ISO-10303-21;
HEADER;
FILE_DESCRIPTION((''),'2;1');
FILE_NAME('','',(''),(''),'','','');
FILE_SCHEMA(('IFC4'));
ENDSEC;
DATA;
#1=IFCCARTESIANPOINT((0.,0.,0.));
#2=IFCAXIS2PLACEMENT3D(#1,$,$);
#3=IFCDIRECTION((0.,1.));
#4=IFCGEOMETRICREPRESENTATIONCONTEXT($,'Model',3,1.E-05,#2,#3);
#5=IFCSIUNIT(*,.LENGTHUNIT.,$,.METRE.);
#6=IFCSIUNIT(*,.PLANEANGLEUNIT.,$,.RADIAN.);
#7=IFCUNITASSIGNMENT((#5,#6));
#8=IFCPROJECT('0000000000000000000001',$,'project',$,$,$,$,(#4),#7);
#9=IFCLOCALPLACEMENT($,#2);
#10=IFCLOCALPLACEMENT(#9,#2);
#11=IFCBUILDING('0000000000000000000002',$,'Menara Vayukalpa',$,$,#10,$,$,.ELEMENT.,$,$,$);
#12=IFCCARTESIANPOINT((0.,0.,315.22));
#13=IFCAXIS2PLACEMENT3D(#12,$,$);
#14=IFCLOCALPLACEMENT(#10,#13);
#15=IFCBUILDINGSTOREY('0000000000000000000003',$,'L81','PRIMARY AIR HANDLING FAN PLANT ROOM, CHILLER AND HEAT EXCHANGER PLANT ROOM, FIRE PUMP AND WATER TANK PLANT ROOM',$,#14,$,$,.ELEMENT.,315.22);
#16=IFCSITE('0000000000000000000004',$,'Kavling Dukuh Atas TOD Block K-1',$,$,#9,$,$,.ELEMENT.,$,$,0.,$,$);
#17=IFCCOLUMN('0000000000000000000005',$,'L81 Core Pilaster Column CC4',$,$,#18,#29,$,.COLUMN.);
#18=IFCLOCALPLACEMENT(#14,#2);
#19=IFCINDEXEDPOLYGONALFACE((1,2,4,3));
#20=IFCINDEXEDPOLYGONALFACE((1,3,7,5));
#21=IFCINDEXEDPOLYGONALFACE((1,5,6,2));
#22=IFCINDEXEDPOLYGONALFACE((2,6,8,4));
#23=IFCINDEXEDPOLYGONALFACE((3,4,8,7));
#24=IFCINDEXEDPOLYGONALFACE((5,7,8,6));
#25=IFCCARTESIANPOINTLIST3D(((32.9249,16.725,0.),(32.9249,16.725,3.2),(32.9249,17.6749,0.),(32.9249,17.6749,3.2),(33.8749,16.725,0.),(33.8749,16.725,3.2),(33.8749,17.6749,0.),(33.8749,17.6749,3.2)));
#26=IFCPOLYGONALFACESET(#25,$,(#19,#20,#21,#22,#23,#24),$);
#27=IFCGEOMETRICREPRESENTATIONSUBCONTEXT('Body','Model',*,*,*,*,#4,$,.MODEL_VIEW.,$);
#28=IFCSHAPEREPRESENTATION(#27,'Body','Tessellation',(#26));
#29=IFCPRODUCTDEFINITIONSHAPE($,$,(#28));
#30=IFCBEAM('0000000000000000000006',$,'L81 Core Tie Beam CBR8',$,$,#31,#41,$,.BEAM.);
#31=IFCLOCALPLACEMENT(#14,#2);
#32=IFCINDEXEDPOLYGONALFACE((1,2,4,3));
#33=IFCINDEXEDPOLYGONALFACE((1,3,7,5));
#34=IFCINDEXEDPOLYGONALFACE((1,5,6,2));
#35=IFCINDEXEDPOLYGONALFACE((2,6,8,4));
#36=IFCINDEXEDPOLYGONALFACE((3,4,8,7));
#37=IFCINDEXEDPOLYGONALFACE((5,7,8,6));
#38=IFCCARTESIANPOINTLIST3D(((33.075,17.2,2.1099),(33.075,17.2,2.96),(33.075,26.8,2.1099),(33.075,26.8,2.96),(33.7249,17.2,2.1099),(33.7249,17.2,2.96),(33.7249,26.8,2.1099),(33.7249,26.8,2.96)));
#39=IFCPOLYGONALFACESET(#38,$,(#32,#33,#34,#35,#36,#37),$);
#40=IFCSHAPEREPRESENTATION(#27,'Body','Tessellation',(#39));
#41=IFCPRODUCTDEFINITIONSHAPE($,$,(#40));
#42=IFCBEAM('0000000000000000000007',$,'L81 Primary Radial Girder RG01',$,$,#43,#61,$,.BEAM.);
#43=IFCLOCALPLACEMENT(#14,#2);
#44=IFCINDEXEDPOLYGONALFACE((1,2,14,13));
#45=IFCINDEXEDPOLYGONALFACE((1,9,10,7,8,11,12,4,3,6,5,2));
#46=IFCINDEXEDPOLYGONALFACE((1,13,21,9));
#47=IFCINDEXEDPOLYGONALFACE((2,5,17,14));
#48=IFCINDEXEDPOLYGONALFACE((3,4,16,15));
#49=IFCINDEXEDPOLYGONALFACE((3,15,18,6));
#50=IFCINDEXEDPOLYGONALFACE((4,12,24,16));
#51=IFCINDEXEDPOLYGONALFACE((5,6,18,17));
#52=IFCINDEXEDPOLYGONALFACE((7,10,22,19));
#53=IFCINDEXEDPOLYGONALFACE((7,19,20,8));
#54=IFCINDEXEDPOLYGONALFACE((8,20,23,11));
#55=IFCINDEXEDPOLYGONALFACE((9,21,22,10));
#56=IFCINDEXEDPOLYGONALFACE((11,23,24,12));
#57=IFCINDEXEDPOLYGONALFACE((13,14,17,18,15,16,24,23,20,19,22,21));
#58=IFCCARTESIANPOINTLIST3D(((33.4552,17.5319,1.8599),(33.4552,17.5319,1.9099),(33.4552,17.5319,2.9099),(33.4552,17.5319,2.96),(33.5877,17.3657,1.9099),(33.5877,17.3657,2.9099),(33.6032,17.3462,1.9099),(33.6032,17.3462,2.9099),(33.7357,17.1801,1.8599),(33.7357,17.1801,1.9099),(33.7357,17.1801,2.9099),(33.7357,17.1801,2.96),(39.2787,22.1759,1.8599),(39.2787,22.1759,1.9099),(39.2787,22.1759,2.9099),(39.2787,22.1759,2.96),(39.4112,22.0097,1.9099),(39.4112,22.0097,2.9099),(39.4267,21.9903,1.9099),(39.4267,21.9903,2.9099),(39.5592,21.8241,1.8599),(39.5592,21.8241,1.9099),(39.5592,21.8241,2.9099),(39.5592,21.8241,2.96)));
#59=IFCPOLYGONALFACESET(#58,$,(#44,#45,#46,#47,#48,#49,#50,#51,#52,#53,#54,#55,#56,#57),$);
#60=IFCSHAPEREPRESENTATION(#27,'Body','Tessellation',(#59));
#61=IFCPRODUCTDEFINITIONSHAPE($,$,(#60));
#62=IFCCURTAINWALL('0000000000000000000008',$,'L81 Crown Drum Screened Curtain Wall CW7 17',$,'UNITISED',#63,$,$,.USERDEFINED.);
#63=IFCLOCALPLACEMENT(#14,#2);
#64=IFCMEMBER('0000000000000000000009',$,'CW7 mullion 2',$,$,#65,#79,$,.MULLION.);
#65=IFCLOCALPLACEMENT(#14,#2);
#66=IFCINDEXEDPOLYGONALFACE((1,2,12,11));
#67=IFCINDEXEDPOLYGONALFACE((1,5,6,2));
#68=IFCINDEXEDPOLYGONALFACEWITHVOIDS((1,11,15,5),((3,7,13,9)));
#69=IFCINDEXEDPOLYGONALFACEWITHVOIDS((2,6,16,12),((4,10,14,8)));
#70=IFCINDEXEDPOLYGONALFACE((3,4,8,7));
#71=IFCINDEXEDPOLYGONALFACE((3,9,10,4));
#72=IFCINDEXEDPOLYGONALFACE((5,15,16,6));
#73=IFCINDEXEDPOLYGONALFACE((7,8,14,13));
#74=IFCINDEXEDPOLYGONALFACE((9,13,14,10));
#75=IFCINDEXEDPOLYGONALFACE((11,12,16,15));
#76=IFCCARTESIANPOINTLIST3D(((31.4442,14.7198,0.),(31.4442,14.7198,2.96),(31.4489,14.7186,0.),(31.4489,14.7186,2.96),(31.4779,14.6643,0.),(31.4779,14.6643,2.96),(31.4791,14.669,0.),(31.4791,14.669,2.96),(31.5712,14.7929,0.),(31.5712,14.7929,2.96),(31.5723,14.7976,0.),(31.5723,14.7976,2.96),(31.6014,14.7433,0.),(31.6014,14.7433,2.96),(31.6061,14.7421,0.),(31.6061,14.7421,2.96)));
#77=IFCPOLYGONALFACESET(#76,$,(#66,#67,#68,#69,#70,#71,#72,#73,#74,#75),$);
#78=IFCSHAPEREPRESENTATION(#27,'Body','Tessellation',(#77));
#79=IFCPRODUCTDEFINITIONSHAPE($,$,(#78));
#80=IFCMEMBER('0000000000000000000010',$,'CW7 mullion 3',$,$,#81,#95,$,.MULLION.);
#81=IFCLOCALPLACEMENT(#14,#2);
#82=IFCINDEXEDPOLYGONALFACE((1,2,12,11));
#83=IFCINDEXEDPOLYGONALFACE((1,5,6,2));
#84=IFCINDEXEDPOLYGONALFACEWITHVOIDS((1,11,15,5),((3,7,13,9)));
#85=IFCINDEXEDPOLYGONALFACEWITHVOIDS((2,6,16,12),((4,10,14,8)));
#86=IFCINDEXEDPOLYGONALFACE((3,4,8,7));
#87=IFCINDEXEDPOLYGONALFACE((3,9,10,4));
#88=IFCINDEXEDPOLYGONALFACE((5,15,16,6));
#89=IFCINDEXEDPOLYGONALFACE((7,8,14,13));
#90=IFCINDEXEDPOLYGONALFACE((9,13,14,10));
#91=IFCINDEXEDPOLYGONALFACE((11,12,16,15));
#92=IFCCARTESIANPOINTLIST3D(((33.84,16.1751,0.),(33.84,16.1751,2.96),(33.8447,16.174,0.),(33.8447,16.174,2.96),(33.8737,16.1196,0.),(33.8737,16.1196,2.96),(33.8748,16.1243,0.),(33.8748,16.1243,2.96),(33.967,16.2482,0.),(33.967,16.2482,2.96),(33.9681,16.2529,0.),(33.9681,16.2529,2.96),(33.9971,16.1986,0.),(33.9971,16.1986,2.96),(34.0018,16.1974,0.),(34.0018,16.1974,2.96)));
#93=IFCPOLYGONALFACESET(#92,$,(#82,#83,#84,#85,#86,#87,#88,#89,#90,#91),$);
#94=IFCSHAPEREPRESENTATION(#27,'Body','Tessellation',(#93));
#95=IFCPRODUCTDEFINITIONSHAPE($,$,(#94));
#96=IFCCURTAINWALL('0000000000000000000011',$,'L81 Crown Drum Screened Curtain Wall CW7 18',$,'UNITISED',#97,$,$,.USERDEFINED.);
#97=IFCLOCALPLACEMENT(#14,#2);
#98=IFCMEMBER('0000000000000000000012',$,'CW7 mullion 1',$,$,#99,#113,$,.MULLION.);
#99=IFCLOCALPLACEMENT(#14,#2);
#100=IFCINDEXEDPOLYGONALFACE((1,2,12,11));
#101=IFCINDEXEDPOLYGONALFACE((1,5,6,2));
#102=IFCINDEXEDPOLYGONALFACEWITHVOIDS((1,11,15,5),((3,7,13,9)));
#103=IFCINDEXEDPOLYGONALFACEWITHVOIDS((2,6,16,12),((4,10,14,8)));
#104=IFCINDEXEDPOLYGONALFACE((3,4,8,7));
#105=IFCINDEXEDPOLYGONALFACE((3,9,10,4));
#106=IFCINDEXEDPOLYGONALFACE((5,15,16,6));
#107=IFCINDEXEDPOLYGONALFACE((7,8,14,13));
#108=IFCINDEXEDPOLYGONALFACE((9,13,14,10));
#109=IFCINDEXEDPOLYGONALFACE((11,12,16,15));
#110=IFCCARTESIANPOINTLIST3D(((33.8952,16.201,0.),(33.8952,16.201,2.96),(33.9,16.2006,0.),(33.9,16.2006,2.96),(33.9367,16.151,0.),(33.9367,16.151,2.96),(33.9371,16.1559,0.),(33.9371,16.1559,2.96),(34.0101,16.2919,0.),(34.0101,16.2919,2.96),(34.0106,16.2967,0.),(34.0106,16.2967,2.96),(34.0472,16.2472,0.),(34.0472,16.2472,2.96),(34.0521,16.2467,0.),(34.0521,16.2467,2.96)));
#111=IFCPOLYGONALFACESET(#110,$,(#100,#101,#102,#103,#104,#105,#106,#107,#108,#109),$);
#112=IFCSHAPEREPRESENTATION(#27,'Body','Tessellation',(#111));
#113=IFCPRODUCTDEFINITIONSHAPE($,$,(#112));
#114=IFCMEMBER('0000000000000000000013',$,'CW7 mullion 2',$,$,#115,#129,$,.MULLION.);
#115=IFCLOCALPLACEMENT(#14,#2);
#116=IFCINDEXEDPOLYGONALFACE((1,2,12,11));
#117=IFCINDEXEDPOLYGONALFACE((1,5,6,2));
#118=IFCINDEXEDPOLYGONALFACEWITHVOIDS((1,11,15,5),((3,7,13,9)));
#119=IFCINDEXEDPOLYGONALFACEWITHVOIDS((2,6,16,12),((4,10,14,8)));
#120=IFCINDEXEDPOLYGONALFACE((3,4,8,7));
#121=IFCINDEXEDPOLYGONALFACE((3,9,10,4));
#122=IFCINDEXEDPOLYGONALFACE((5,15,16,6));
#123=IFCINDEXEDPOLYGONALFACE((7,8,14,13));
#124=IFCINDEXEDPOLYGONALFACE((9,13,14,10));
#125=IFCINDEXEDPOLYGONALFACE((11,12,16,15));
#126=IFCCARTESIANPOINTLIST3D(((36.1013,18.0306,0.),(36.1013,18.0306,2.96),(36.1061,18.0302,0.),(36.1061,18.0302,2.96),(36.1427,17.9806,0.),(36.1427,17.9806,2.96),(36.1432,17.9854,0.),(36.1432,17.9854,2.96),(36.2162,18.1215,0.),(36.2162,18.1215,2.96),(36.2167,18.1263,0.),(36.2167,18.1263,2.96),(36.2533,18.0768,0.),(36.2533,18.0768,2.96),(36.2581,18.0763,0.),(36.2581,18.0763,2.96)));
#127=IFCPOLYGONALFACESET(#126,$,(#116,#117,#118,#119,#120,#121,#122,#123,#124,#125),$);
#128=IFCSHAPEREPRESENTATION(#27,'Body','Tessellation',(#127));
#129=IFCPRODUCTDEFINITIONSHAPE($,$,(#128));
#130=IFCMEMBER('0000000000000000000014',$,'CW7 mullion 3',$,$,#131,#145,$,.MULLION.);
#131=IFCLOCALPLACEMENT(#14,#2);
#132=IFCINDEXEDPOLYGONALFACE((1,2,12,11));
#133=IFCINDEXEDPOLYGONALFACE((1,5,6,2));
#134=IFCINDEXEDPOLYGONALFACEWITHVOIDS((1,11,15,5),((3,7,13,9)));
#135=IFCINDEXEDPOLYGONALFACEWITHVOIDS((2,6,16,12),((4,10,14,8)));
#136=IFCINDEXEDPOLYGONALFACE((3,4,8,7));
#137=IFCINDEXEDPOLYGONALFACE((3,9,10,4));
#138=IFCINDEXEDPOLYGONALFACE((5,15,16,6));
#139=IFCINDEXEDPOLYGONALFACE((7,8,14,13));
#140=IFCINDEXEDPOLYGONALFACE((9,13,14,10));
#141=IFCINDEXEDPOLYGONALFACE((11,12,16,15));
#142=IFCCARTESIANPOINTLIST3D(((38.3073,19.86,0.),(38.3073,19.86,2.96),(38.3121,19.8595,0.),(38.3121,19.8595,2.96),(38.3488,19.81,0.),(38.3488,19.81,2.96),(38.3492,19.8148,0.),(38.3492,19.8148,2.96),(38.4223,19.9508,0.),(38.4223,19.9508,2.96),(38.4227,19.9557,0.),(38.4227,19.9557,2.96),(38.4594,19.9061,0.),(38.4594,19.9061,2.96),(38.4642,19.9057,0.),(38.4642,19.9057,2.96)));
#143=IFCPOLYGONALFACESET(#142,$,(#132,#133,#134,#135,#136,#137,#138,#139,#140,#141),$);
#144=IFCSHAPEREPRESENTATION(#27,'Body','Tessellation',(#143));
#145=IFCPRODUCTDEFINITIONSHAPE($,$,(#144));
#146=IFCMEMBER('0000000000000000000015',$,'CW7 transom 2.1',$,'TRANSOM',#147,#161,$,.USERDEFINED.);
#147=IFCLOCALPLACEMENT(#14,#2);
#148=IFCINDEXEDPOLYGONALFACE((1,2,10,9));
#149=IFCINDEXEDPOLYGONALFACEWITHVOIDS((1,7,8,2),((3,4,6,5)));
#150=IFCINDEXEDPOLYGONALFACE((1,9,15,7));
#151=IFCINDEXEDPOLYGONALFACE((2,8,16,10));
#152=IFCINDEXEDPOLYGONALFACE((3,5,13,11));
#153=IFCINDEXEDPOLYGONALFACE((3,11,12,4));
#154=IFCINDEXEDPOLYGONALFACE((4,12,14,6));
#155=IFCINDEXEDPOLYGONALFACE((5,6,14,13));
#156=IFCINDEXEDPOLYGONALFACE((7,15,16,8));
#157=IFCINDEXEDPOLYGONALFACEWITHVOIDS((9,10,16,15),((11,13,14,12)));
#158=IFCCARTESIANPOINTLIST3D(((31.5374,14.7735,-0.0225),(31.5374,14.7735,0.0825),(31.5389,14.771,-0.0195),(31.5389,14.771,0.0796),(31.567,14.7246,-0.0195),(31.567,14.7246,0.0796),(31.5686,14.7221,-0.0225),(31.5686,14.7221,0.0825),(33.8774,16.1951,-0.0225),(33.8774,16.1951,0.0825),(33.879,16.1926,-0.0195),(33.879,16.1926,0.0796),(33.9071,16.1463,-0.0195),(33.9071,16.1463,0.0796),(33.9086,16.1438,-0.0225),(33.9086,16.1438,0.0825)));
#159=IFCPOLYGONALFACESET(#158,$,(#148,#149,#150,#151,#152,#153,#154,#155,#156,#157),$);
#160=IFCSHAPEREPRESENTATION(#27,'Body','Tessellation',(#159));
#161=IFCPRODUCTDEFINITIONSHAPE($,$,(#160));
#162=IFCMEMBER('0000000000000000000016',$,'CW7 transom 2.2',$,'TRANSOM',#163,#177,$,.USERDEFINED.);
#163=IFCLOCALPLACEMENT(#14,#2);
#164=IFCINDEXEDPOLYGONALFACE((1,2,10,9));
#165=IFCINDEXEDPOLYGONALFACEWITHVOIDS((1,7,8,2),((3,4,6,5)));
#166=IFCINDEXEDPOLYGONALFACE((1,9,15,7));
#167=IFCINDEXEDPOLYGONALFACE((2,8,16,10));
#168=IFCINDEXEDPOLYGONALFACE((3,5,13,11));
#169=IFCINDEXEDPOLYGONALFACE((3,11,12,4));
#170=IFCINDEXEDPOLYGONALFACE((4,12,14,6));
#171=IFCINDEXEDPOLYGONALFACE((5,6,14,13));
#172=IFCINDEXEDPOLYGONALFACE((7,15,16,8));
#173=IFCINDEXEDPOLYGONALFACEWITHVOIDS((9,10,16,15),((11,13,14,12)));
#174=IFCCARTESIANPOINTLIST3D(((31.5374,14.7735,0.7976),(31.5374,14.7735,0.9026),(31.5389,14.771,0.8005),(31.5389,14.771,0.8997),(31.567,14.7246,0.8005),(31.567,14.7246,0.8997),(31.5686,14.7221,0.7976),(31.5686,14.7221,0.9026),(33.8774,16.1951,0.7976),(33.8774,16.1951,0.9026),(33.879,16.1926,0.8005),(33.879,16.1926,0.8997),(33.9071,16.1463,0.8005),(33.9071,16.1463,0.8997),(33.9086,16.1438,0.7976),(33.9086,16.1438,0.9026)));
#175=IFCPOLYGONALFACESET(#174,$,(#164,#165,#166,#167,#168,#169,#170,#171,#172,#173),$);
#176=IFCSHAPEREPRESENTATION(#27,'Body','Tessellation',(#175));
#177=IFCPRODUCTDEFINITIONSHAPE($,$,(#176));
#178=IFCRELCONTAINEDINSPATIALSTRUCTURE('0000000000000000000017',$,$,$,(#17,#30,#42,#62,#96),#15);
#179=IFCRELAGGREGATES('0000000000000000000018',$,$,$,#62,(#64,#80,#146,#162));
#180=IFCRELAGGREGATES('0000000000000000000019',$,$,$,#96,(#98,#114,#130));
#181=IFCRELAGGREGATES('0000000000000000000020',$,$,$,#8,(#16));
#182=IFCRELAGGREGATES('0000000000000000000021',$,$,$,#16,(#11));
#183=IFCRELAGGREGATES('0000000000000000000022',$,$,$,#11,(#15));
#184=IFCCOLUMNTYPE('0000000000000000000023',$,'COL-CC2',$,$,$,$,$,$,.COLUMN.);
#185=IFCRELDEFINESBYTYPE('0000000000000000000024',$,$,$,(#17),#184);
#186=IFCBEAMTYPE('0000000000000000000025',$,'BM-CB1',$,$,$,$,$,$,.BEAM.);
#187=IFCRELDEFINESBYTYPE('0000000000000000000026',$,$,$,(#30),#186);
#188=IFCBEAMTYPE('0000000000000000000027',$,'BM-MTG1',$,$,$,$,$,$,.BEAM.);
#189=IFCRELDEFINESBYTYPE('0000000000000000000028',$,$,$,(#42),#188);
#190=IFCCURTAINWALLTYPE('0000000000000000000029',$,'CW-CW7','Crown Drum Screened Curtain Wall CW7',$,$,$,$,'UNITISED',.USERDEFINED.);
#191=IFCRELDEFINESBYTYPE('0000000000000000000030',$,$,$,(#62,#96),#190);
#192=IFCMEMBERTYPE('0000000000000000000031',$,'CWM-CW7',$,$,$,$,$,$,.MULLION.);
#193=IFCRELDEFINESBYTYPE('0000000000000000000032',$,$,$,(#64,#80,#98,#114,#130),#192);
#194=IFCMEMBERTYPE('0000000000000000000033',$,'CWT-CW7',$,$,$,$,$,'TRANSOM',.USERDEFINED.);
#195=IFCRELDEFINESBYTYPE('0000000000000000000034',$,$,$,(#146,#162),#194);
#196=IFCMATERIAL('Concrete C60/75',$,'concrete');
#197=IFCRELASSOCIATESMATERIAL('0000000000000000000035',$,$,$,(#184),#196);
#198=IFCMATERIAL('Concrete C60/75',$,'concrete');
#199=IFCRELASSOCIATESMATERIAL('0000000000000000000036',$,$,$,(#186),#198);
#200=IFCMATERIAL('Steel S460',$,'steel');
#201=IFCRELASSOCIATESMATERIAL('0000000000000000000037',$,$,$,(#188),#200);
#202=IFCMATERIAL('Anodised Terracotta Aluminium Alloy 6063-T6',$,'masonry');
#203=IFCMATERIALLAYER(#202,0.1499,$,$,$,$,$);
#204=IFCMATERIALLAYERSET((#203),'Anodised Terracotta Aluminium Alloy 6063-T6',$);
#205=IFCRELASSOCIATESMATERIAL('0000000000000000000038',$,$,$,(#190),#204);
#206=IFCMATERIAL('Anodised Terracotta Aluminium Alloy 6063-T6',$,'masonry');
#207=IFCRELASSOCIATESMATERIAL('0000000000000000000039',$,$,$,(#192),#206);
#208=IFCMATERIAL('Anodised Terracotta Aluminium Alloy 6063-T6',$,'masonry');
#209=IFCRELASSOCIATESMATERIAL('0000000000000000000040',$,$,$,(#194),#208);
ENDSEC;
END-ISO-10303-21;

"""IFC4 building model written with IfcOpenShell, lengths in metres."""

from ifc_helpers import new_model, si_unit, direction, frame, origin, origin_2d, place, context, subcontext, project, spatial, rectangle, hollow_rectangle, i_section, extrude, material, layer, layer_set, material_profile, profile_set, type_object, element, aggregate, save


model = new_model("IFC4")

# Units and contexts
model_context = context("Model", 3, precision=1e-05, world=origin(), true_north=direction((0.0, 1.0)))
body_context = subcontext(model_context, "Body", "Model", "MODEL_VIEW")
ifc_project = project(units=[si_unit("LENGTHUNIT", "METRE"), si_unit("PLANEANGLEUNIT", "RADIAN")], contexts=[model_context])

# Site, building, storey
site_placement = place(None, origin())
site = spatial("IfcSite", under=ifc_project, at=site_placement, Name="Kavling Dukuh Atas TOD Block K-1", CompositionType="ELEMENT", RefElevation=0.0)
building_placement = place(site_placement, origin())
building = spatial("IfcBuilding", under=site, at=building_placement, Name="Menara Vayukalpa", CompositionType="ELEMENT")
storey_placement = place(building_placement, frame((0.0, 0.0, 315.22)))
storey = spatial("IfcBuildingStorey", under=building, at=storey_placement, Name="L81", Description="PRIMARY AIR HANDLING FAN PLANT ROOM, CHILLER AND HEAT EXCHANGER PLANT ROOM, FIRE PUMP AND WATER TANK PLANT ROOM", CompositionType="ELEMENT", Elevation=315.22)

# Column
ifc_material_1 = material(Name="Concrete C60/75", Category="concrete")
ifc_material_profile_1 = material_profile(ifc_material_1, rectangle(XDim=0.95, YDim=0.95, at=origin_2d()), Name="RC 950x950")
ifc_profile_set_1 = profile_set([ifc_material_profile_1], Name="Concrete C60/75")
column_type = type_object("IfcColumnType", Name="COL-CC2", PredefinedType="COLUMN", material=ifc_profile_set_1)
column_placement = place(storey_placement, frame((33.3999, 17.2, 0.0), z_axis=(0.0, 0.0, 1.0), x_axis=(1.0, 0.0, 0.0)))
element("IfcColumn", 1, at=column_placement, inside=storey, type_object=column_type, Name="L81 Core Pilaster Column CC4", PredefinedType="COLUMN", context=body_context, shape_type="SweptSolid", body=[
    extrude(rectangle(XDim=0.95, YDim=0.95, at=origin_2d()), origin(), (0.0, 0.0, 1.0), 3.2),
])

# Beams
ifc_material_2 = material(Name="Concrete C60/75", Category="concrete")
ifc_material_profile_2 = material_profile(ifc_material_2, rectangle(XDim=0.6499, YDim=0.8501, at=origin_2d()), Name="RC 650x850")
ifc_profile_set_2 = profile_set([ifc_material_profile_2], Name="Concrete C60/75")
beam_type_1 = type_object("IfcBeamType", Name="BM-CB1", PredefinedType="BEAM", material=ifc_profile_set_2)
beam_1_placement = place(storey_placement, frame((33.3999, 17.2, 2.5349), z_axis=(0.0, 1.0, 0.0), x_axis=(-1.0, 0.0, 0.0)))
element("IfcBeam", 2, at=beam_1_placement, inside=storey, type_object=beam_type_1, Name="L81 Core Tie Beam CBR8", PredefinedType="BEAM", context=body_context, shape_type="SweptSolid", body=[
    extrude(rectangle(XDim=0.6499, YDim=0.8501, at=origin_2d()), origin(), (0.0, 0.0, 1.0), 9.6001),
])
ifc_material_3 = material(Name="Steel S460", Category="steel")
ifc_material_profile_3 = material_profile(ifc_material_3, i_section(OverallWidth=0.45, OverallDepth=1.1001, WebThickness=0.0249, FlangeThickness=0.05, at=origin_2d()), Name="WG 1100x450x25x50")
ifc_profile_set_3 = profile_set([ifc_material_profile_3], Name="Steel S460")
beam_type_2 = type_object("IfcBeamType", Name="BM-MTG1", PredefinedType="BEAM", material=ifc_profile_set_3)
beam_2_placement = place(storey_placement, frame((33.5955, 17.356, 2.4099), z_axis=(0.781834, 0.623487, 0.0), x_axis=(-0.623487, 0.781834, 0.0)))
element("IfcBeam", 3, at=beam_2_placement, inside=storey, type_object=beam_type_2, Name="L81 Primary Radial Girder RG01", PredefinedType="BEAM", context=body_context, shape_type="SweptSolid", body=[
    extrude(i_section(OverallWidth=0.45, OverallDepth=1.1001, WebThickness=0.0249, FlangeThickness=0.05, at=origin_2d()), origin(), (0.0, 0.0, 1.0), 7.4485),
])

# Curtain walls, members
ifc_material_4 = material(Name="Anodised Terracotta Aluminium Alloy 6063-T6", Category="masonry")
ifc_layer_1 = layer(ifc_material_4, 0.1499)
ifc_layer_set_1 = layer_set([ifc_layer_1], Name="Anodised Terracotta Aluminium Alloy 6063-T6")
curtain_wall_type = type_object("IfcCurtainWallType", Name="CW-CW7", Description="Crown Drum Screened Curtain Wall CW7", ElementType="UNITISED", PredefinedType="USERDEFINED", material=ifc_layer_set_1)
curtain_wall_1_placement = place(storey_placement, origin())
curtain_wall_1 = element("IfcCurtainWall", 4, at=curtain_wall_1_placement, inside=storey, type_object=curtain_wall_type, Name="L81 Crown Drum Screened Curtain Wall CW7 17", ObjectType="UNITISED", PredefinedType="USERDEFINED")
ifc_material_5 = material(Name="Anodised Terracotta Aluminium Alloy 6063-T6", Category="masonry")
ifc_material_profile_4 = material_profile(ifc_material_5, hollow_rectangle(XDim=0.0649, YDim=0.1499, WallThickness=0.0034, at=origin_2d()), Name="ALU 65x150x3.5")
ifc_profile_set_4 = profile_set([ifc_material_profile_4], Name="Anodised Terracotta Aluminium Alloy 6063-T6")
member_type_1 = type_object("IfcMemberType", Name="CWM-CW7", PredefinedType="MULLION", material=ifc_profile_set_4)
member_1_placement = place(storey_placement, frame((31.5251, 14.731, 0.0), z_axis=(0.0, 0.0, 1.0), x_axis=(-0.519176, 0.854667, 0.0)))
member_1 = element("IfcMember", 5, at=member_1_placement, type_object=member_type_1, Name="CW7 mullion 2", PredefinedType="MULLION", context=body_context, shape_type="SweptSolid", body=[
    extrude(hollow_rectangle(XDim=0.0649, YDim=0.1499, WallThickness=0.0034, at=origin_2d()), origin(), (0.0, 0.0, 1.0), 2.96),
])
member_2_placement = place(storey_placement, frame((33.9209, 16.1863, 0.0), z_axis=(0.0, 0.0, 1.0), x_axis=(-0.519176, 0.854667, 0.0)))
member_2 = element("IfcMember", 6, at=member_2_placement, type_object=member_type_1, Name="CW7 mullion 3", PredefinedType="MULLION", context=body_context, shape_type="SweptSolid", body=[
    extrude(hollow_rectangle(XDim=0.0649, YDim=0.1499, WallThickness=0.0034, at=origin_2d()), origin(), (0.0, 0.0, 1.0), 2.96),
])
curtain_wall_2_placement = place(storey_placement, origin())
curtain_wall_2 = element("IfcCurtainWall", 7, at=curtain_wall_2_placement, inside=storey, type_object=curtain_wall_type, Name="L81 Crown Drum Screened Curtain Wall CW7 18", ObjectType="UNITISED", PredefinedType="USERDEFINED")
member_3_placement = place(storey_placement, frame((33.9736, 16.2239, 0.0), z_axis=(0.0, 0.0, 1.0), x_axis=(-0.638347, 0.769749, 0.0)))
member_3 = element("IfcMember", 8, at=member_3_placement, type_object=member_type_1, Name="CW7 mullion 1", PredefinedType="MULLION", context=body_context, shape_type="SweptSolid", body=[
    extrude(hollow_rectangle(XDim=0.0649, YDim=0.1499, WallThickness=0.0034, at=origin_2d()), origin(), (0.0, 0.0, 1.0), 2.96),
])
member_4_placement = place(storey_placement, frame((36.1797, 18.0535, 0.0), z_axis=(0.0, 0.0, 1.0), x_axis=(-0.638347, 0.769749, 0.0)))
member_4 = element("IfcMember", 9, at=member_4_placement, type_object=member_type_1, Name="CW7 mullion 2", PredefinedType="MULLION", context=body_context, shape_type="SweptSolid", body=[
    extrude(hollow_rectangle(XDim=0.0649, YDim=0.1499, WallThickness=0.0034, at=origin_2d()), origin(), (0.0, 0.0, 1.0), 2.96),
])
member_5_placement = place(storey_placement, frame((38.3857, 19.8828, 0.0), z_axis=(0.0, 0.0, 1.0), x_axis=(-0.638347, 0.769749, 0.0)))
member_5 = element("IfcMember", 10, at=member_5_placement, type_object=member_type_1, Name="CW7 mullion 3", PredefinedType="MULLION", context=body_context, shape_type="SweptSolid", body=[
    extrude(hollow_rectangle(XDim=0.0649, YDim=0.1499, WallThickness=0.0034, at=origin_2d()), origin(), (0.0, 0.0, 1.0), 2.96),
])

# Members
ifc_material_6 = material(Name="Anodised Terracotta Aluminium Alloy 6063-T6", Category="masonry")
ifc_material_profile_5 = material_profile(ifc_material_6, hollow_rectangle(XDim=0.0601, YDim=0.105, WallThickness=0.0029, at=origin_2d()), Name="ALU 60x105x3")
ifc_profile_set_5 = profile_set([ifc_material_profile_5], Name="Anodised Terracotta Aluminium Alloy 6063-T6")
member_type_2 = type_object("IfcMemberType", Name="CWT-CW7", ElementType="TRANSOM", PredefinedType="USERDEFINED", material=ifc_profile_set_5)
member_6_placement = place(storey_placement, frame((31.553, 14.7478, 0.03), z_axis=(0.854648, 0.519208, 0.0), x_axis=(-0.519208, 0.854648, 0.0)))
member_6 = element("IfcMember", 11, at=member_6_placement, type_object=member_type_2, Name="CW7 transom 2.1", ObjectType="TRANSOM", PredefinedType="USERDEFINED", context=body_context, shape_type="SweptSolid", body=[
    extrude(hollow_rectangle(XDim=0.0601, YDim=0.105, WallThickness=0.0029, at=origin_2d()), origin(), (0.0, 0.0, 1.0), 2.738),
])
member_7_placement = place(storey_placement, frame((31.553, 14.7478, 0.8501), z_axis=(0.854648, 0.519208, 0.0), x_axis=(-0.519208, 0.854648, 0.0)))
member_7 = element("IfcMember", 12, at=member_7_placement, type_object=member_type_2, Name="CW7 transom 2.2", ObjectType="TRANSOM", PredefinedType="USERDEFINED", context=body_context, shape_type="SweptSolid", body=[
    extrude(hollow_rectangle(XDim=0.0601, YDim=0.105, WallThickness=0.0029, at=origin_2d()), origin(), (0.0, 0.0, 1.0), 2.738),
])

aggregate(curtain_wall_1, [member_1, member_2, member_6, member_7])
aggregate(curtain_wall_2, [member_3, member_4, member_5])

save(model, "model.ifc")
